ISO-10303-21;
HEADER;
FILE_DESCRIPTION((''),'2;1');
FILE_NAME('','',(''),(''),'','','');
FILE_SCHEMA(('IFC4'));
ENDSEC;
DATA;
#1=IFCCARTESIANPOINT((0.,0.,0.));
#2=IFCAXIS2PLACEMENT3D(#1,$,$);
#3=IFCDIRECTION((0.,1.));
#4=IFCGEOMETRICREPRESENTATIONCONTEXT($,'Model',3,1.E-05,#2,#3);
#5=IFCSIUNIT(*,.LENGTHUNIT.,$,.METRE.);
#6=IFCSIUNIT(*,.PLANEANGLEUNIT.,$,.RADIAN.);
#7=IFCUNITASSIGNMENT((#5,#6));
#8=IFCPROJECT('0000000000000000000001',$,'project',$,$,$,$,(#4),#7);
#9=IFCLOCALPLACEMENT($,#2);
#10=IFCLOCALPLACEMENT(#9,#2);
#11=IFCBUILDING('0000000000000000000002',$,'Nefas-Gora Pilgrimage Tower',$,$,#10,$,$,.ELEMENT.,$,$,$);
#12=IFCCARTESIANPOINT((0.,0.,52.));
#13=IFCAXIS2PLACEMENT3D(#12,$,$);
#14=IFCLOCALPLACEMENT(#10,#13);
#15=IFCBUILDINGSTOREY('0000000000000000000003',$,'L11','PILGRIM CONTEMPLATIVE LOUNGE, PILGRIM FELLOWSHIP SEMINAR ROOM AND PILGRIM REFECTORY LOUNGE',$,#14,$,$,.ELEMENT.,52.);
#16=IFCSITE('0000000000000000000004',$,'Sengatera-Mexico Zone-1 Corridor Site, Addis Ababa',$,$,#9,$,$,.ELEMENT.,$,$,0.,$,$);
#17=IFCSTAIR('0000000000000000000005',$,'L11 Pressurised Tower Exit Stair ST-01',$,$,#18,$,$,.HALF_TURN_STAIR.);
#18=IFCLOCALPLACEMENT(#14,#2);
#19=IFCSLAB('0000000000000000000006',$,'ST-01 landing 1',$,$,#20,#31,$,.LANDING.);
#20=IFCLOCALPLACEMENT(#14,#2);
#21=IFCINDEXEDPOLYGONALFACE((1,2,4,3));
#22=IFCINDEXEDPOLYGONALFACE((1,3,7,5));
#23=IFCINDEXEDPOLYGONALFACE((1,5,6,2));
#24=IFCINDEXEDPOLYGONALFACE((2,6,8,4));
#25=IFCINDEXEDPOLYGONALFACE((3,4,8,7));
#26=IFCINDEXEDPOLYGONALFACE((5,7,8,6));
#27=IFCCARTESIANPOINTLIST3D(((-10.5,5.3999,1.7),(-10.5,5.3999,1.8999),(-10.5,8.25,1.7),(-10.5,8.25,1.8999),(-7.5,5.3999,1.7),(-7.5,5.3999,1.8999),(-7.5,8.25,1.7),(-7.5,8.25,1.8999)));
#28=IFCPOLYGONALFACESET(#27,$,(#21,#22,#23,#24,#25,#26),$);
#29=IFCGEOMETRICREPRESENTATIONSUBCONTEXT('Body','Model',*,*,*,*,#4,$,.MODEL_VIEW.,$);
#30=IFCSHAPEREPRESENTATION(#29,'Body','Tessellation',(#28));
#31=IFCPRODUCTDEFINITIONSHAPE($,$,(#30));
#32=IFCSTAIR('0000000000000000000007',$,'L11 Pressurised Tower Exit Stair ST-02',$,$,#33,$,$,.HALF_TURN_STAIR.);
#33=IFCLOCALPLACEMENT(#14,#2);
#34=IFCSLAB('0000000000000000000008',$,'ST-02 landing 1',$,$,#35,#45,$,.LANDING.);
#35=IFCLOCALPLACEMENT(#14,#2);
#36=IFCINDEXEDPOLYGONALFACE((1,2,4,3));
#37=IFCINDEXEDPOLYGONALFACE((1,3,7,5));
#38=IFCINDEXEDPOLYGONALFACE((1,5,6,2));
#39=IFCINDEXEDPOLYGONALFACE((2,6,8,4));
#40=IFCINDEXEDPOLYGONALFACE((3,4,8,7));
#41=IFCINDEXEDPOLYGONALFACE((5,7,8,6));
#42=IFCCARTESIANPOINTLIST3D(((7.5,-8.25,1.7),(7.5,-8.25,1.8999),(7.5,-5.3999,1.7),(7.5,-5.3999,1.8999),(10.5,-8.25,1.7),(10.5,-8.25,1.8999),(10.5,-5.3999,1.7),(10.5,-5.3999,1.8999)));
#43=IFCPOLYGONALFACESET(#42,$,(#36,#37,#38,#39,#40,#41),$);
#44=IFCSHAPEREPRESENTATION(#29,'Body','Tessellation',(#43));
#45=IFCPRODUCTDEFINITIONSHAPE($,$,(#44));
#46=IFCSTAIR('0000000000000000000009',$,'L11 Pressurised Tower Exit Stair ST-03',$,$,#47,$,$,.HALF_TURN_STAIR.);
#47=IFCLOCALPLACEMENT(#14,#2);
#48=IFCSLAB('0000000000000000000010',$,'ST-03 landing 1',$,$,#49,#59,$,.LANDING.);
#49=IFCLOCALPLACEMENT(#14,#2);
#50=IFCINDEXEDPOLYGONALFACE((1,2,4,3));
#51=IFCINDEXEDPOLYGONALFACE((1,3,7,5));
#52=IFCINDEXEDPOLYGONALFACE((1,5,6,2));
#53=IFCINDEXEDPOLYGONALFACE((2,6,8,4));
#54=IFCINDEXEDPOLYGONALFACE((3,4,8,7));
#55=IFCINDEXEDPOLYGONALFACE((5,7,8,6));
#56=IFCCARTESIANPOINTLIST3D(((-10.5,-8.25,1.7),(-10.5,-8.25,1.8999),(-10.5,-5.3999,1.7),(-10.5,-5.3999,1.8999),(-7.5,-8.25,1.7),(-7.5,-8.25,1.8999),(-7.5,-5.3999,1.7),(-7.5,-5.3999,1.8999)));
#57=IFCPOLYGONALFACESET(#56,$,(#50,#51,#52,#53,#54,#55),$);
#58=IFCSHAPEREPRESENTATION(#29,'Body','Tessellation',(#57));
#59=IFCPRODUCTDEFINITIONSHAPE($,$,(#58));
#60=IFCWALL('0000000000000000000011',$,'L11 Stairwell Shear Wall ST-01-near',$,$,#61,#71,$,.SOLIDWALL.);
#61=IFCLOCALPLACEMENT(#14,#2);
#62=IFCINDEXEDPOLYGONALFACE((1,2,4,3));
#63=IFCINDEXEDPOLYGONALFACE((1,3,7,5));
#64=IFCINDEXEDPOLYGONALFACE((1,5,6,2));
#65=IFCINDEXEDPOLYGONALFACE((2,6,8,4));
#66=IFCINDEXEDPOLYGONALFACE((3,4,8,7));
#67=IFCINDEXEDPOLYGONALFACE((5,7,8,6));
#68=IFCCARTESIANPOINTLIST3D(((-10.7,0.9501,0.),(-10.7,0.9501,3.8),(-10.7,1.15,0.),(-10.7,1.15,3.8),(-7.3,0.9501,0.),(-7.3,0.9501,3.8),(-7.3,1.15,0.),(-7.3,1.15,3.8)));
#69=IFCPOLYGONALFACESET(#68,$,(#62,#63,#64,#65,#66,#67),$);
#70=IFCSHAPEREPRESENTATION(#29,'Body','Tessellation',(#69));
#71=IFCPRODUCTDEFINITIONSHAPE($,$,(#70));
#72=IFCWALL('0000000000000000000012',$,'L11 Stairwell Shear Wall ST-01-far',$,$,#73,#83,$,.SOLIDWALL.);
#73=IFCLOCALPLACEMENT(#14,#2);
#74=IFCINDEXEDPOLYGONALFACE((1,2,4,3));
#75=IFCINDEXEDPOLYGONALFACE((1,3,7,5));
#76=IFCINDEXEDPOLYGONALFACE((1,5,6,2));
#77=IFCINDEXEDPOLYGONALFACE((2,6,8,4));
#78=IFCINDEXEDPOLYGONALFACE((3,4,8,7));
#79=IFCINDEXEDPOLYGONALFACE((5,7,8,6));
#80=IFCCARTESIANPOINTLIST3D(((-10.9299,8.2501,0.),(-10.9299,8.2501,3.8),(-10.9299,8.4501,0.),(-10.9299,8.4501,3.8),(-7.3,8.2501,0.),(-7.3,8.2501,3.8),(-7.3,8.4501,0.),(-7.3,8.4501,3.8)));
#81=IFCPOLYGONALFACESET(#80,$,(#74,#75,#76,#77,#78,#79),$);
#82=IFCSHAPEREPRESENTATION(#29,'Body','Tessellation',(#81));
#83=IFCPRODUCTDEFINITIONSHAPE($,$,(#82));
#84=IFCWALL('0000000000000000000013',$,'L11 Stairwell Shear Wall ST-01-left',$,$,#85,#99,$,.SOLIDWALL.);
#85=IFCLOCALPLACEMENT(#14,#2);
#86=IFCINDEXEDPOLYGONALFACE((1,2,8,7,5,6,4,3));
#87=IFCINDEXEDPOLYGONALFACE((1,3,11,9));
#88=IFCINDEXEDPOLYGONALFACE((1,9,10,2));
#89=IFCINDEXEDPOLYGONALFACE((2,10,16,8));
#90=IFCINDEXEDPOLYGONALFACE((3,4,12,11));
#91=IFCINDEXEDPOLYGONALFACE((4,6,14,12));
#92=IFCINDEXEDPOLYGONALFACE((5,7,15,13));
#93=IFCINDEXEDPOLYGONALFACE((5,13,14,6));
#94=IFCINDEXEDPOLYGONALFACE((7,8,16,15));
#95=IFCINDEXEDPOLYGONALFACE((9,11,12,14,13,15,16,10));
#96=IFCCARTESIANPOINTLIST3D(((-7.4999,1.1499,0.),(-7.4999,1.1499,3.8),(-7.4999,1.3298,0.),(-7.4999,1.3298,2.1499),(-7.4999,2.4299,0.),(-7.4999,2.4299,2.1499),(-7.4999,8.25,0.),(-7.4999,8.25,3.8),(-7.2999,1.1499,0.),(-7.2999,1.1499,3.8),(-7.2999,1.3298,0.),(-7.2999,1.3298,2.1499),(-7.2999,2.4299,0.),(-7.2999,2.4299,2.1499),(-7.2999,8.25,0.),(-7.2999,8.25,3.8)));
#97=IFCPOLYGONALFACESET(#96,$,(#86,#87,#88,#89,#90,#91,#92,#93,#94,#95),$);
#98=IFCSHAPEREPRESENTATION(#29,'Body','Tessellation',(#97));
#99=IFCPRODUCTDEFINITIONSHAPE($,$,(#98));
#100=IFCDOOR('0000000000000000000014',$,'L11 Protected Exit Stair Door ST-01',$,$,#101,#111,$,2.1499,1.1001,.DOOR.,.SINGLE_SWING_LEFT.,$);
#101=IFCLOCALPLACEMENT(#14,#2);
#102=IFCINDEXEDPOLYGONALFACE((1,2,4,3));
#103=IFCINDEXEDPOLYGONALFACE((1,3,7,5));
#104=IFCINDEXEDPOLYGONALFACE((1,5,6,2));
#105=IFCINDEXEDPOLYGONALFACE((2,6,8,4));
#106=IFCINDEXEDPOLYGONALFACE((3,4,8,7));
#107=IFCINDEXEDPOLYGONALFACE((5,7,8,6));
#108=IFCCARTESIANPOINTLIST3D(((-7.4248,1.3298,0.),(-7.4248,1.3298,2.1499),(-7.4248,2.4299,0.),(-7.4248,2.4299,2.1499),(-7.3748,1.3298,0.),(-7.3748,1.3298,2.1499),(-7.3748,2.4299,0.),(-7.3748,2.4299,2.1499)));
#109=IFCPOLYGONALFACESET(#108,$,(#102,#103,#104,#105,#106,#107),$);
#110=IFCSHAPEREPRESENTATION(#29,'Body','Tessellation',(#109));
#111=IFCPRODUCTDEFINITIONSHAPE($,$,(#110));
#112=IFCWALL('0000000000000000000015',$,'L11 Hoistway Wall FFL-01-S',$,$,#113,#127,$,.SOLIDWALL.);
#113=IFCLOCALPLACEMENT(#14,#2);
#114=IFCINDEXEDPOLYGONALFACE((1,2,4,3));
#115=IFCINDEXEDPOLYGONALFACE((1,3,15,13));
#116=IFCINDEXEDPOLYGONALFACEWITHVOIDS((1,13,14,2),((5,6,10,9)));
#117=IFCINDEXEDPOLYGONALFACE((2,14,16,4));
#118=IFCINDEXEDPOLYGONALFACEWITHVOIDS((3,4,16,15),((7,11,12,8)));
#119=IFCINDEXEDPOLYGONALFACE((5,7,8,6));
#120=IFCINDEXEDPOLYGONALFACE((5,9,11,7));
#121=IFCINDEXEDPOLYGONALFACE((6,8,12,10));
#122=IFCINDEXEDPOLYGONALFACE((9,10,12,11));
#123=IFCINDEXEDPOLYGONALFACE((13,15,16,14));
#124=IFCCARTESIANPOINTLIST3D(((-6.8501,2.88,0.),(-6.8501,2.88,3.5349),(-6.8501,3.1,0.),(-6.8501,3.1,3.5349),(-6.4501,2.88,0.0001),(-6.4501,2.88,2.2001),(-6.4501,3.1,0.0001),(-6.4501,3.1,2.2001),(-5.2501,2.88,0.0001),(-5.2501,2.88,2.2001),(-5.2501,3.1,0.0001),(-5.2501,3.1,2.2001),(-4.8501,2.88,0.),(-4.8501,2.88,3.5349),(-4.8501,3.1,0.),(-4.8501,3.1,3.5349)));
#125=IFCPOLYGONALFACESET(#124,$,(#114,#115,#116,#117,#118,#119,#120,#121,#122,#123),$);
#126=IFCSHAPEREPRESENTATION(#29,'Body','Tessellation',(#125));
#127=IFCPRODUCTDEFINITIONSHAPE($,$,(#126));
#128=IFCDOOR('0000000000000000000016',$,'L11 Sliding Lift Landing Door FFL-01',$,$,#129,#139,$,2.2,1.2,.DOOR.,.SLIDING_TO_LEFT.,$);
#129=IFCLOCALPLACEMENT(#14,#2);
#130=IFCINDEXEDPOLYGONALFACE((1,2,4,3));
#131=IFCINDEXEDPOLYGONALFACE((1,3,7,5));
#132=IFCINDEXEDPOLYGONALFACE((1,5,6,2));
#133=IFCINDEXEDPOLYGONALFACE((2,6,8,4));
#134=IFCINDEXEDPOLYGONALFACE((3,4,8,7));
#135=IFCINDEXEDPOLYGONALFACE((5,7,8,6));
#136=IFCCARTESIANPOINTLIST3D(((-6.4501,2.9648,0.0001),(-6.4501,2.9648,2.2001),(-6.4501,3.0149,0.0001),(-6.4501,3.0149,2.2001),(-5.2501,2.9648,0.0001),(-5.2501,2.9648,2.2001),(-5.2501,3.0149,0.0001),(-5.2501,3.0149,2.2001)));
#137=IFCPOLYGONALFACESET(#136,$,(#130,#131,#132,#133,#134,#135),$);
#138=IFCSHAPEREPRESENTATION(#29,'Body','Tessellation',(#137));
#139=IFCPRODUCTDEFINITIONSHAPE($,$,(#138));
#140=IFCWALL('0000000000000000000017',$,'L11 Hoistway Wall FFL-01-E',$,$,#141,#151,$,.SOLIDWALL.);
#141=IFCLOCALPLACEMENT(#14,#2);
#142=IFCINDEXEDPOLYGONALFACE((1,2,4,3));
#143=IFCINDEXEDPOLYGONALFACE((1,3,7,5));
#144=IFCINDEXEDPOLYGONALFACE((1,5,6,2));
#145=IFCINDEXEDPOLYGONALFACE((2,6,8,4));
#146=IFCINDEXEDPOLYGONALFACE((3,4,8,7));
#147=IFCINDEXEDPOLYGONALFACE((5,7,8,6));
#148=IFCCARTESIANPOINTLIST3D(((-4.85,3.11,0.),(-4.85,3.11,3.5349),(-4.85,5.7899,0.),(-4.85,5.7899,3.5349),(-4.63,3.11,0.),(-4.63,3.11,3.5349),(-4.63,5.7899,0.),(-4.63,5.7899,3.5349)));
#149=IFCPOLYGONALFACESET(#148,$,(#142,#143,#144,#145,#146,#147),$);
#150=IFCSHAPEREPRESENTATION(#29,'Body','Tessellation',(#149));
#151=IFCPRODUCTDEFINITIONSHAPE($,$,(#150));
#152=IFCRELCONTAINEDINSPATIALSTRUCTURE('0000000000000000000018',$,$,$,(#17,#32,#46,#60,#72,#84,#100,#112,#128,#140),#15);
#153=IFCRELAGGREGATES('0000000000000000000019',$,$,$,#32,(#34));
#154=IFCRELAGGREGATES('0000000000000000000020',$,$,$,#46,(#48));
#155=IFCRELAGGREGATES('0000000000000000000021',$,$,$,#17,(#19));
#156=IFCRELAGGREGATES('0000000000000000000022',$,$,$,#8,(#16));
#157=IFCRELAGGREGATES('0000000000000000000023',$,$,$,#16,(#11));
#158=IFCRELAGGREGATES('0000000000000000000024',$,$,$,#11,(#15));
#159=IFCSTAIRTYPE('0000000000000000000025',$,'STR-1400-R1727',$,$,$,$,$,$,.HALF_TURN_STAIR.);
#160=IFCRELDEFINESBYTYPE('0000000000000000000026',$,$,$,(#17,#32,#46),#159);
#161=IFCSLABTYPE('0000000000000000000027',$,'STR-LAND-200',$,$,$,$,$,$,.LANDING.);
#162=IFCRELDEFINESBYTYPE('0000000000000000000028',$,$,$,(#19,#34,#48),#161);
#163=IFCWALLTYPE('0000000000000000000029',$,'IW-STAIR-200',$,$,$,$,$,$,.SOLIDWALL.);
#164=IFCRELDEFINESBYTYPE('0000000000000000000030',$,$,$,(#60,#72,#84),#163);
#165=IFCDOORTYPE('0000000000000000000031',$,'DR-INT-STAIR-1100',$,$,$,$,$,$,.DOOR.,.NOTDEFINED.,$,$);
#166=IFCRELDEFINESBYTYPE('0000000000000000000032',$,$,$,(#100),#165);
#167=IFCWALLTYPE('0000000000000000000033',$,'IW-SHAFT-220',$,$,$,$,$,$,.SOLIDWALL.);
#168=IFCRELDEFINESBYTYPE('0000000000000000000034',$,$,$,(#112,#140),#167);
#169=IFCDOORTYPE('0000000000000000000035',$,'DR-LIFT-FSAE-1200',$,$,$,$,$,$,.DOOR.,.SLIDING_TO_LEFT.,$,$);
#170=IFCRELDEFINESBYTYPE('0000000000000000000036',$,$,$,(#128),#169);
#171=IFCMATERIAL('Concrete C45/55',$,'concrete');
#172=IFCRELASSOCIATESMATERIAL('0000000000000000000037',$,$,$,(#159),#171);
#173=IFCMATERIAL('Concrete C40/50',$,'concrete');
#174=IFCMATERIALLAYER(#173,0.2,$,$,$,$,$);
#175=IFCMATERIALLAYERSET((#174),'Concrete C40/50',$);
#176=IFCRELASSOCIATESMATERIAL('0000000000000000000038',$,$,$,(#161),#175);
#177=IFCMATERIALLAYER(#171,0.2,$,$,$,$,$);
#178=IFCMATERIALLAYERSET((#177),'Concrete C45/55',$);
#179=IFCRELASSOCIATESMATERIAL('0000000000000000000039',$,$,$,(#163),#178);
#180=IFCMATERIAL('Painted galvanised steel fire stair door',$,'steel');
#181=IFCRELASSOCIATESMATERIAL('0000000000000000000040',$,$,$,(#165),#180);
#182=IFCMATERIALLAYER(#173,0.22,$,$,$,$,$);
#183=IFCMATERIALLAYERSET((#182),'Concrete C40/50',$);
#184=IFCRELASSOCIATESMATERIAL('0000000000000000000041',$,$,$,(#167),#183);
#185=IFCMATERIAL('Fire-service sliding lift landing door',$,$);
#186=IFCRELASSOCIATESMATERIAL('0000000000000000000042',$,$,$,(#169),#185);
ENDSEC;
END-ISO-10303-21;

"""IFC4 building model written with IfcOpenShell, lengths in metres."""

from ifc_helpers import new_model, si_unit, direction, frame, frame_2d, origin, place, context, subcontext, project, spatial, polyline, rectangle, outline, extrude, source, transform, mapped, material, layer, layer_set, type_object, element, fill, aggregate, save


model = new_model("IFC4")

# Units and contexts
model_context = context("Model", 3, precision=1e-05, world=origin(), true_north=direction((0.0, 1.0)))
body_context = subcontext(model_context, "Body", "Model", "MODEL_VIEW")
ifc_project = project(units=[si_unit("LENGTHUNIT", "METRE"), si_unit("PLANEANGLEUNIT", "RADIAN")], contexts=[model_context])

# Site, building, storey
site_placement = place(None, origin())
site = spatial("IfcSite", under=ifc_project, at=site_placement, Name="Sengatera-Mexico Zone-1 Corridor Site, Addis Ababa", CompositionType="ELEMENT", RefElevation=0.0)
building_placement = place(site_placement, origin())
building = spatial("IfcBuilding", under=site, at=building_placement, Name="Nefas-Gora Pilgrimage Tower", CompositionType="ELEMENT")
storey_placement = place(building_placement, frame((0.0, 0.0, 52.0)))
storey = spatial("IfcBuildingStorey", under=building, at=storey_placement, Name="L11", Description="PILGRIM CONTEMPLATIVE LOUNGE, PILGRIM FELLOWSHIP SEMINAR ROOM AND PILGRIM REFECTORY LOUNGE", CompositionType="ELEMENT", Elevation=52.0)

# Shared definitions
ifc_material_1 = material(Name="Concrete C40/50", Category="concrete")

# Stairs, slabs
ifc_material_2 = material(Name="Concrete C45/55", Category="concrete")
stair_type = type_object("IfcStairType", Name="STR-1400-R1727", PredefinedType="HALF_TURN_STAIR", material=ifc_material_2)
stair_1_placement = place(storey_placement, origin())
stair_1 = element("IfcStair", 1, at=stair_1_placement, inside=storey, type_object=stair_type, Name="L11 Pressurised Tower Exit Stair ST-01", PredefinedType="HALF_TURN_STAIR")
ifc_layer_1 = layer(ifc_material_1, 0.2)
ifc_layer_set_1 = layer_set([ifc_layer_1], Name="Concrete C40/50")
slab_type_1 = type_object("IfcSlabType", Name="STR-LAND-200", PredefinedType="LANDING", material=ifc_layer_set_1)
slab_1_placement = place(storey_placement, frame((0.0, 0.0, 1.7)))
slab_1 = element("IfcSlab", 2, at=slab_1_placement, type_object=slab_type_1, Name="ST-01 landing 1", PredefinedType="LANDING", context=body_context, shape_type="SweptSolid", body=[
    extrude(outline(polyline([(-7.5, 5.3999), (-7.5, 8.25), (-10.5, 8.25), (-10.5, 5.3999), (-7.5, 5.3999)])), origin(), (0.0, 0.0, 1.0), 0.2),
])
stair_2_placement = place(storey_placement, origin())
stair_2 = element("IfcStair", 3, at=stair_2_placement, inside=storey, type_object=stair_type, Name="L11 Pressurised Tower Exit Stair ST-02", PredefinedType="HALF_TURN_STAIR")
slab_2_placement = place(storey_placement, frame((0.0, 0.0, 1.7)))
slab_2 = element("IfcSlab", 4, at=slab_2_placement, type_object=slab_type_1, Name="ST-02 landing 1", PredefinedType="LANDING", context=body_context, shape_type="SweptSolid", body=[
    extrude(outline(polyline([(7.5, -5.3999), (7.5, -8.25), (10.5, -8.25), (10.5, -5.3999), (7.5, -5.3999)])), origin(), (0.0, 0.0, 1.0), 0.2),
])
aggregate(stair_2, [slab_2])
stair_3_placement = place(storey_placement, origin())
stair_3 = element("IfcStair", 5, at=stair_3_placement, inside=storey, type_object=stair_type, Name="L11 Pressurised Tower Exit Stair ST-03", PredefinedType="HALF_TURN_STAIR")
slab_3_placement = place(storey_placement, frame((0.0, 0.0, 1.7)))
slab_3 = element("IfcSlab", 6, at=slab_3_placement, type_object=slab_type_1, Name="ST-03 landing 1", PredefinedType="LANDING", context=body_context, shape_type="SweptSolid", body=[
    extrude(outline(polyline([(-10.5, -5.3999), (-10.5, -8.25), (-7.5, -8.25), (-7.5, -5.3999), (-10.5, -5.3999)])), origin(), (0.0, 0.0, 1.0), 0.2),
])
aggregate(stair_3, [slab_3])

# Walls
ifc_layer_2 = layer(ifc_material_2, 0.2)
ifc_layer_set_2 = layer_set([ifc_layer_2], Name="Concrete C45/55")
wall_type_1 = type_object("IfcWallType", Name="IW-STAIR-200", PredefinedType="SOLIDWALL", material=ifc_layer_set_2)
shared_shape_1 = source(origin(), body_context, "Body", "SweptSolid", [
    extrude(rectangle(XDim=3.3999, YDim=0.2, at=frame_2d((1.7, 0.0))), origin(), (0.0, 0.0, 1.0), 3.8),
])
wall_1_placement = place(storey_placement, frame((-7.3, 1.05, 0.0), z_axis=(0.0, 0.0, 1.0), x_axis=(-1.0, 0.0, 0.0)))
element("IfcWall", 7, at=wall_1_placement, inside=storey, type_object=wall_type_1, Name="L11 Stairwell Shear Wall ST-01-near", PredefinedType="SOLIDWALL", context=body_context, shape_type="MappedRepresentation", body=[
    mapped(shared_shape_1, transform((0.0, 0.0, 0.0), x_axis=(1.0, 0.0, 0.0), y_axis=(0.0, 1.0, 0.0), z_axis=(0.0, 0.0, 1.0), scale=1.0)),
])
shared_shape_2 = source(origin(), body_context, "Body", "SweptSolid", [
    extrude(rectangle(XDim=3.6299, YDim=0.2, at=frame_2d((1.8149, 0.0))), origin(), (0.0, 0.0, 1.0), 3.8),
])
wall_2_placement = place(storey_placement, frame((-7.3, 8.3501, 0.0), z_axis=(0.0, 0.0, 1.0), x_axis=(-1.0, 0.0, 0.0)))
element("IfcWall", 8, at=wall_2_placement, inside=storey, type_object=wall_type_1, Name="L11 Stairwell Shear Wall ST-01-far", PredefinedType="SOLIDWALL", context=body_context, shape_type="MappedRepresentation", body=[
    mapped(shared_shape_2, transform((0.0, 0.0, 0.0), x_axis=(1.0, 0.0, 0.0), y_axis=(0.0, 1.0, 0.0), z_axis=(0.0, 0.0, 1.0), scale=1.0)),
])

# Walls, openings, doors
shared_shape_3 = source(origin(), body_context, "Body", "SweptSolid", [
    extrude(rectangle(XDim=7.1001, YDim=0.2, at=frame_2d((3.55, 0.0))), origin(), (0.0, 0.0, 1.0), 3.8),
])
wall_3_placement = place(storey_placement, frame((-7.3999, 1.1499, 0.0), z_axis=(0.0, 0.0, 1.0), x_axis=(0.0, 1.0, 0.0)))
wall_3 = element("IfcWall", 9, at=wall_3_placement, inside=storey, type_object=wall_type_1, Name="L11 Stairwell Shear Wall ST-01-left", PredefinedType="SOLIDWALL", context=body_context, shape_type="MappedRepresentation", body=[
    mapped(shared_shape_3, transform((0.0, 0.0, 0.0), x_axis=(1.0, 0.0, 0.0), y_axis=(0.0, 1.0, 0.0), z_axis=(0.0, 0.0, 1.0), scale=1.0)),
])
opening_1_placement = place(wall_3_placement, frame((0.1799, 0.0, 0.0)))
opening_1 = element("IfcOpeningElement", 10, at=opening_1_placement, cuts=wall_3, PredefinedType="OPENING", context=body_context, shape_type="SweptSolid", body=[
    extrude(rectangle(XDim=1.1001, YDim=2.1499, at=frame_2d((0.55, 1.075))), frame((0.0, 0.1099, 0.0), z_axis=(0.0, -1.0, 0.0), x_axis=(1.0, 0.0, 0.0)), (0.0, 0.0, 1.0), 0.22),
])
ifc_material_3 = material(Name="Painted galvanised steel fire stair door", Category="steel")
door_type_1 = type_object("IfcDoorType", Name="DR-INT-STAIR-1100", OperationType="NOTDEFINED", PredefinedType="DOOR", material=ifc_material_3)
shared_shape_4 = source(origin(), body_context, "Body", "SweptSolid", [
    extrude(rectangle(XDim=1.1001, YDim=2.1499, at=frame_2d((0.55, 1.075))), frame((0.0, 0.0249, 0.0), z_axis=(0.0, -1.0, 0.0), x_axis=(1.0, 0.0, 0.0)), (0.0, 0.0, 1.0), 0.05),
])
door_1_placement = place(opening_1_placement, origin())
door_1 = element("IfcDoor", 11, at=door_1_placement, inside=storey, type_object=door_type_1, Name="L11 Protected Exit Stair Door ST-01", OperationType="SINGLE_SWING_LEFT", OverallHeight=2.1499, OverallWidth=1.1001, PredefinedType="DOOR", context=body_context, shape_type="MappedRepresentation", body=[
    mapped(shared_shape_4, transform((0.0, 0.0, 0.0), x_axis=(1.0, 0.0, 0.0), y_axis=(0.0, 1.0, 0.0), z_axis=(0.0, 0.0, 1.0), scale=1.0)),
])
fill(opening_1, door_1)
ifc_layer_3 = layer(ifc_material_1, 0.22)
ifc_layer_set_3 = layer_set([ifc_layer_3], Name="Concrete C40/50")
wall_type_2 = type_object("IfcWallType", Name="IW-SHAFT-220", PredefinedType="SOLIDWALL", material=ifc_layer_set_3)
shared_shape_5 = source(origin(), body_context, "Body", "SweptSolid", [
    extrude(rectangle(XDim=2.0, YDim=0.22, at=frame_2d((1.0, 0.0))), origin(), (0.0, 0.0, 1.0), 3.5349),
])
wall_4_placement = place(storey_placement, frame((-6.8501, 2.99, 0.0), z_axis=(0.0, 0.0, 1.0), x_axis=(1.0, 0.0, 0.0)))
wall_4 = element("IfcWall", 12, at=wall_4_placement, inside=storey, type_object=wall_type_2, Name="L11 Hoistway Wall FFL-01-S", PredefinedType="SOLIDWALL", context=body_context, shape_type="MappedRepresentation", body=[
    mapped(shared_shape_5, transform((0.0, 0.0, 0.0), x_axis=(1.0, 0.0, 0.0), y_axis=(0.0, 1.0, 0.0), z_axis=(0.0, 0.0, 1.0), scale=1.0)),
])
opening_2_placement = place(wall_4_placement, frame((0.3999, 0.0, 0.0)))
opening_2 = element("IfcOpeningElement", 13, at=opening_2_placement, cuts=wall_4, PredefinedType="OPENING", context=body_context, shape_type="SweptSolid", body=[
    extrude(rectangle(XDim=1.2, YDim=2.2, at=frame_2d((0.6001, 1.1001))), frame((0.0, 0.1199, 0.0), z_axis=(0.0, -1.0, 0.0), x_axis=(1.0, 0.0, 0.0)), (0.0, 0.0, 1.0), 0.24),
])
ifc_material_4 = material(Name="Fire-service sliding lift landing door")
door_type_2 = type_object("IfcDoorType", Name="DR-LIFT-FSAE-1200", OperationType="SLIDING_TO_LEFT", PredefinedType="DOOR", material=ifc_material_4)
shared_shape_6 = source(origin(), body_context, "Body", "SweptSolid", [
    extrude(rectangle(XDim=1.2, YDim=2.2, at=frame_2d((0.6001, 1.1001))), frame((0.0, 0.0249, 0.0), z_axis=(0.0, -1.0, 0.0), x_axis=(1.0, 0.0, 0.0)), (0.0, 0.0, 1.0), 0.05),
])
door_2_placement = place(opening_2_placement, origin())
door_2 = element("IfcDoor", 14, at=door_2_placement, inside=storey, type_object=door_type_2, Name="L11 Sliding Lift Landing Door FFL-01", OperationType="SLIDING_TO_LEFT", OverallHeight=2.2, OverallWidth=1.2, PredefinedType="DOOR", context=body_context, shape_type="MappedRepresentation", body=[
    mapped(shared_shape_6, transform((0.0, 0.0, 0.0), x_axis=(1.0, 0.0, 0.0), y_axis=(0.0, 1.0, 0.0), z_axis=(0.0, 0.0, 1.0), scale=1.0)),
])
fill(opening_2, door_2)

# Wall
shared_shape_7 = source(origin(), body_context, "Body", "SweptSolid", [
    extrude(rectangle(XDim=2.6799, YDim=0.22, at=frame_2d((1.3398, 0.0))), origin(), (0.0, 0.0, 1.0), 3.5349),
])
wall_5_placement = place(storey_placement, frame((-4.74, 3.1101, 0.0), z_axis=(0.0, 0.0, 1.0), x_axis=(0.0, 1.0, 0.0)))
element("IfcWall", 15, at=wall_5_placement, inside=storey, type_object=wall_type_2, Name="L11 Hoistway Wall FFL-01-E", PredefinedType="SOLIDWALL", context=body_context, shape_type="MappedRepresentation", body=[
    mapped(shared_shape_7, transform((0.0, 0.0, 0.0), x_axis=(1.0, 0.0, 0.0), y_axis=(0.0, 1.0, 0.0), z_axis=(0.0, 0.0, 1.0), scale=1.0)),
])

aggregate(stair_1, [slab_1])

save(model, "model.ifc")
